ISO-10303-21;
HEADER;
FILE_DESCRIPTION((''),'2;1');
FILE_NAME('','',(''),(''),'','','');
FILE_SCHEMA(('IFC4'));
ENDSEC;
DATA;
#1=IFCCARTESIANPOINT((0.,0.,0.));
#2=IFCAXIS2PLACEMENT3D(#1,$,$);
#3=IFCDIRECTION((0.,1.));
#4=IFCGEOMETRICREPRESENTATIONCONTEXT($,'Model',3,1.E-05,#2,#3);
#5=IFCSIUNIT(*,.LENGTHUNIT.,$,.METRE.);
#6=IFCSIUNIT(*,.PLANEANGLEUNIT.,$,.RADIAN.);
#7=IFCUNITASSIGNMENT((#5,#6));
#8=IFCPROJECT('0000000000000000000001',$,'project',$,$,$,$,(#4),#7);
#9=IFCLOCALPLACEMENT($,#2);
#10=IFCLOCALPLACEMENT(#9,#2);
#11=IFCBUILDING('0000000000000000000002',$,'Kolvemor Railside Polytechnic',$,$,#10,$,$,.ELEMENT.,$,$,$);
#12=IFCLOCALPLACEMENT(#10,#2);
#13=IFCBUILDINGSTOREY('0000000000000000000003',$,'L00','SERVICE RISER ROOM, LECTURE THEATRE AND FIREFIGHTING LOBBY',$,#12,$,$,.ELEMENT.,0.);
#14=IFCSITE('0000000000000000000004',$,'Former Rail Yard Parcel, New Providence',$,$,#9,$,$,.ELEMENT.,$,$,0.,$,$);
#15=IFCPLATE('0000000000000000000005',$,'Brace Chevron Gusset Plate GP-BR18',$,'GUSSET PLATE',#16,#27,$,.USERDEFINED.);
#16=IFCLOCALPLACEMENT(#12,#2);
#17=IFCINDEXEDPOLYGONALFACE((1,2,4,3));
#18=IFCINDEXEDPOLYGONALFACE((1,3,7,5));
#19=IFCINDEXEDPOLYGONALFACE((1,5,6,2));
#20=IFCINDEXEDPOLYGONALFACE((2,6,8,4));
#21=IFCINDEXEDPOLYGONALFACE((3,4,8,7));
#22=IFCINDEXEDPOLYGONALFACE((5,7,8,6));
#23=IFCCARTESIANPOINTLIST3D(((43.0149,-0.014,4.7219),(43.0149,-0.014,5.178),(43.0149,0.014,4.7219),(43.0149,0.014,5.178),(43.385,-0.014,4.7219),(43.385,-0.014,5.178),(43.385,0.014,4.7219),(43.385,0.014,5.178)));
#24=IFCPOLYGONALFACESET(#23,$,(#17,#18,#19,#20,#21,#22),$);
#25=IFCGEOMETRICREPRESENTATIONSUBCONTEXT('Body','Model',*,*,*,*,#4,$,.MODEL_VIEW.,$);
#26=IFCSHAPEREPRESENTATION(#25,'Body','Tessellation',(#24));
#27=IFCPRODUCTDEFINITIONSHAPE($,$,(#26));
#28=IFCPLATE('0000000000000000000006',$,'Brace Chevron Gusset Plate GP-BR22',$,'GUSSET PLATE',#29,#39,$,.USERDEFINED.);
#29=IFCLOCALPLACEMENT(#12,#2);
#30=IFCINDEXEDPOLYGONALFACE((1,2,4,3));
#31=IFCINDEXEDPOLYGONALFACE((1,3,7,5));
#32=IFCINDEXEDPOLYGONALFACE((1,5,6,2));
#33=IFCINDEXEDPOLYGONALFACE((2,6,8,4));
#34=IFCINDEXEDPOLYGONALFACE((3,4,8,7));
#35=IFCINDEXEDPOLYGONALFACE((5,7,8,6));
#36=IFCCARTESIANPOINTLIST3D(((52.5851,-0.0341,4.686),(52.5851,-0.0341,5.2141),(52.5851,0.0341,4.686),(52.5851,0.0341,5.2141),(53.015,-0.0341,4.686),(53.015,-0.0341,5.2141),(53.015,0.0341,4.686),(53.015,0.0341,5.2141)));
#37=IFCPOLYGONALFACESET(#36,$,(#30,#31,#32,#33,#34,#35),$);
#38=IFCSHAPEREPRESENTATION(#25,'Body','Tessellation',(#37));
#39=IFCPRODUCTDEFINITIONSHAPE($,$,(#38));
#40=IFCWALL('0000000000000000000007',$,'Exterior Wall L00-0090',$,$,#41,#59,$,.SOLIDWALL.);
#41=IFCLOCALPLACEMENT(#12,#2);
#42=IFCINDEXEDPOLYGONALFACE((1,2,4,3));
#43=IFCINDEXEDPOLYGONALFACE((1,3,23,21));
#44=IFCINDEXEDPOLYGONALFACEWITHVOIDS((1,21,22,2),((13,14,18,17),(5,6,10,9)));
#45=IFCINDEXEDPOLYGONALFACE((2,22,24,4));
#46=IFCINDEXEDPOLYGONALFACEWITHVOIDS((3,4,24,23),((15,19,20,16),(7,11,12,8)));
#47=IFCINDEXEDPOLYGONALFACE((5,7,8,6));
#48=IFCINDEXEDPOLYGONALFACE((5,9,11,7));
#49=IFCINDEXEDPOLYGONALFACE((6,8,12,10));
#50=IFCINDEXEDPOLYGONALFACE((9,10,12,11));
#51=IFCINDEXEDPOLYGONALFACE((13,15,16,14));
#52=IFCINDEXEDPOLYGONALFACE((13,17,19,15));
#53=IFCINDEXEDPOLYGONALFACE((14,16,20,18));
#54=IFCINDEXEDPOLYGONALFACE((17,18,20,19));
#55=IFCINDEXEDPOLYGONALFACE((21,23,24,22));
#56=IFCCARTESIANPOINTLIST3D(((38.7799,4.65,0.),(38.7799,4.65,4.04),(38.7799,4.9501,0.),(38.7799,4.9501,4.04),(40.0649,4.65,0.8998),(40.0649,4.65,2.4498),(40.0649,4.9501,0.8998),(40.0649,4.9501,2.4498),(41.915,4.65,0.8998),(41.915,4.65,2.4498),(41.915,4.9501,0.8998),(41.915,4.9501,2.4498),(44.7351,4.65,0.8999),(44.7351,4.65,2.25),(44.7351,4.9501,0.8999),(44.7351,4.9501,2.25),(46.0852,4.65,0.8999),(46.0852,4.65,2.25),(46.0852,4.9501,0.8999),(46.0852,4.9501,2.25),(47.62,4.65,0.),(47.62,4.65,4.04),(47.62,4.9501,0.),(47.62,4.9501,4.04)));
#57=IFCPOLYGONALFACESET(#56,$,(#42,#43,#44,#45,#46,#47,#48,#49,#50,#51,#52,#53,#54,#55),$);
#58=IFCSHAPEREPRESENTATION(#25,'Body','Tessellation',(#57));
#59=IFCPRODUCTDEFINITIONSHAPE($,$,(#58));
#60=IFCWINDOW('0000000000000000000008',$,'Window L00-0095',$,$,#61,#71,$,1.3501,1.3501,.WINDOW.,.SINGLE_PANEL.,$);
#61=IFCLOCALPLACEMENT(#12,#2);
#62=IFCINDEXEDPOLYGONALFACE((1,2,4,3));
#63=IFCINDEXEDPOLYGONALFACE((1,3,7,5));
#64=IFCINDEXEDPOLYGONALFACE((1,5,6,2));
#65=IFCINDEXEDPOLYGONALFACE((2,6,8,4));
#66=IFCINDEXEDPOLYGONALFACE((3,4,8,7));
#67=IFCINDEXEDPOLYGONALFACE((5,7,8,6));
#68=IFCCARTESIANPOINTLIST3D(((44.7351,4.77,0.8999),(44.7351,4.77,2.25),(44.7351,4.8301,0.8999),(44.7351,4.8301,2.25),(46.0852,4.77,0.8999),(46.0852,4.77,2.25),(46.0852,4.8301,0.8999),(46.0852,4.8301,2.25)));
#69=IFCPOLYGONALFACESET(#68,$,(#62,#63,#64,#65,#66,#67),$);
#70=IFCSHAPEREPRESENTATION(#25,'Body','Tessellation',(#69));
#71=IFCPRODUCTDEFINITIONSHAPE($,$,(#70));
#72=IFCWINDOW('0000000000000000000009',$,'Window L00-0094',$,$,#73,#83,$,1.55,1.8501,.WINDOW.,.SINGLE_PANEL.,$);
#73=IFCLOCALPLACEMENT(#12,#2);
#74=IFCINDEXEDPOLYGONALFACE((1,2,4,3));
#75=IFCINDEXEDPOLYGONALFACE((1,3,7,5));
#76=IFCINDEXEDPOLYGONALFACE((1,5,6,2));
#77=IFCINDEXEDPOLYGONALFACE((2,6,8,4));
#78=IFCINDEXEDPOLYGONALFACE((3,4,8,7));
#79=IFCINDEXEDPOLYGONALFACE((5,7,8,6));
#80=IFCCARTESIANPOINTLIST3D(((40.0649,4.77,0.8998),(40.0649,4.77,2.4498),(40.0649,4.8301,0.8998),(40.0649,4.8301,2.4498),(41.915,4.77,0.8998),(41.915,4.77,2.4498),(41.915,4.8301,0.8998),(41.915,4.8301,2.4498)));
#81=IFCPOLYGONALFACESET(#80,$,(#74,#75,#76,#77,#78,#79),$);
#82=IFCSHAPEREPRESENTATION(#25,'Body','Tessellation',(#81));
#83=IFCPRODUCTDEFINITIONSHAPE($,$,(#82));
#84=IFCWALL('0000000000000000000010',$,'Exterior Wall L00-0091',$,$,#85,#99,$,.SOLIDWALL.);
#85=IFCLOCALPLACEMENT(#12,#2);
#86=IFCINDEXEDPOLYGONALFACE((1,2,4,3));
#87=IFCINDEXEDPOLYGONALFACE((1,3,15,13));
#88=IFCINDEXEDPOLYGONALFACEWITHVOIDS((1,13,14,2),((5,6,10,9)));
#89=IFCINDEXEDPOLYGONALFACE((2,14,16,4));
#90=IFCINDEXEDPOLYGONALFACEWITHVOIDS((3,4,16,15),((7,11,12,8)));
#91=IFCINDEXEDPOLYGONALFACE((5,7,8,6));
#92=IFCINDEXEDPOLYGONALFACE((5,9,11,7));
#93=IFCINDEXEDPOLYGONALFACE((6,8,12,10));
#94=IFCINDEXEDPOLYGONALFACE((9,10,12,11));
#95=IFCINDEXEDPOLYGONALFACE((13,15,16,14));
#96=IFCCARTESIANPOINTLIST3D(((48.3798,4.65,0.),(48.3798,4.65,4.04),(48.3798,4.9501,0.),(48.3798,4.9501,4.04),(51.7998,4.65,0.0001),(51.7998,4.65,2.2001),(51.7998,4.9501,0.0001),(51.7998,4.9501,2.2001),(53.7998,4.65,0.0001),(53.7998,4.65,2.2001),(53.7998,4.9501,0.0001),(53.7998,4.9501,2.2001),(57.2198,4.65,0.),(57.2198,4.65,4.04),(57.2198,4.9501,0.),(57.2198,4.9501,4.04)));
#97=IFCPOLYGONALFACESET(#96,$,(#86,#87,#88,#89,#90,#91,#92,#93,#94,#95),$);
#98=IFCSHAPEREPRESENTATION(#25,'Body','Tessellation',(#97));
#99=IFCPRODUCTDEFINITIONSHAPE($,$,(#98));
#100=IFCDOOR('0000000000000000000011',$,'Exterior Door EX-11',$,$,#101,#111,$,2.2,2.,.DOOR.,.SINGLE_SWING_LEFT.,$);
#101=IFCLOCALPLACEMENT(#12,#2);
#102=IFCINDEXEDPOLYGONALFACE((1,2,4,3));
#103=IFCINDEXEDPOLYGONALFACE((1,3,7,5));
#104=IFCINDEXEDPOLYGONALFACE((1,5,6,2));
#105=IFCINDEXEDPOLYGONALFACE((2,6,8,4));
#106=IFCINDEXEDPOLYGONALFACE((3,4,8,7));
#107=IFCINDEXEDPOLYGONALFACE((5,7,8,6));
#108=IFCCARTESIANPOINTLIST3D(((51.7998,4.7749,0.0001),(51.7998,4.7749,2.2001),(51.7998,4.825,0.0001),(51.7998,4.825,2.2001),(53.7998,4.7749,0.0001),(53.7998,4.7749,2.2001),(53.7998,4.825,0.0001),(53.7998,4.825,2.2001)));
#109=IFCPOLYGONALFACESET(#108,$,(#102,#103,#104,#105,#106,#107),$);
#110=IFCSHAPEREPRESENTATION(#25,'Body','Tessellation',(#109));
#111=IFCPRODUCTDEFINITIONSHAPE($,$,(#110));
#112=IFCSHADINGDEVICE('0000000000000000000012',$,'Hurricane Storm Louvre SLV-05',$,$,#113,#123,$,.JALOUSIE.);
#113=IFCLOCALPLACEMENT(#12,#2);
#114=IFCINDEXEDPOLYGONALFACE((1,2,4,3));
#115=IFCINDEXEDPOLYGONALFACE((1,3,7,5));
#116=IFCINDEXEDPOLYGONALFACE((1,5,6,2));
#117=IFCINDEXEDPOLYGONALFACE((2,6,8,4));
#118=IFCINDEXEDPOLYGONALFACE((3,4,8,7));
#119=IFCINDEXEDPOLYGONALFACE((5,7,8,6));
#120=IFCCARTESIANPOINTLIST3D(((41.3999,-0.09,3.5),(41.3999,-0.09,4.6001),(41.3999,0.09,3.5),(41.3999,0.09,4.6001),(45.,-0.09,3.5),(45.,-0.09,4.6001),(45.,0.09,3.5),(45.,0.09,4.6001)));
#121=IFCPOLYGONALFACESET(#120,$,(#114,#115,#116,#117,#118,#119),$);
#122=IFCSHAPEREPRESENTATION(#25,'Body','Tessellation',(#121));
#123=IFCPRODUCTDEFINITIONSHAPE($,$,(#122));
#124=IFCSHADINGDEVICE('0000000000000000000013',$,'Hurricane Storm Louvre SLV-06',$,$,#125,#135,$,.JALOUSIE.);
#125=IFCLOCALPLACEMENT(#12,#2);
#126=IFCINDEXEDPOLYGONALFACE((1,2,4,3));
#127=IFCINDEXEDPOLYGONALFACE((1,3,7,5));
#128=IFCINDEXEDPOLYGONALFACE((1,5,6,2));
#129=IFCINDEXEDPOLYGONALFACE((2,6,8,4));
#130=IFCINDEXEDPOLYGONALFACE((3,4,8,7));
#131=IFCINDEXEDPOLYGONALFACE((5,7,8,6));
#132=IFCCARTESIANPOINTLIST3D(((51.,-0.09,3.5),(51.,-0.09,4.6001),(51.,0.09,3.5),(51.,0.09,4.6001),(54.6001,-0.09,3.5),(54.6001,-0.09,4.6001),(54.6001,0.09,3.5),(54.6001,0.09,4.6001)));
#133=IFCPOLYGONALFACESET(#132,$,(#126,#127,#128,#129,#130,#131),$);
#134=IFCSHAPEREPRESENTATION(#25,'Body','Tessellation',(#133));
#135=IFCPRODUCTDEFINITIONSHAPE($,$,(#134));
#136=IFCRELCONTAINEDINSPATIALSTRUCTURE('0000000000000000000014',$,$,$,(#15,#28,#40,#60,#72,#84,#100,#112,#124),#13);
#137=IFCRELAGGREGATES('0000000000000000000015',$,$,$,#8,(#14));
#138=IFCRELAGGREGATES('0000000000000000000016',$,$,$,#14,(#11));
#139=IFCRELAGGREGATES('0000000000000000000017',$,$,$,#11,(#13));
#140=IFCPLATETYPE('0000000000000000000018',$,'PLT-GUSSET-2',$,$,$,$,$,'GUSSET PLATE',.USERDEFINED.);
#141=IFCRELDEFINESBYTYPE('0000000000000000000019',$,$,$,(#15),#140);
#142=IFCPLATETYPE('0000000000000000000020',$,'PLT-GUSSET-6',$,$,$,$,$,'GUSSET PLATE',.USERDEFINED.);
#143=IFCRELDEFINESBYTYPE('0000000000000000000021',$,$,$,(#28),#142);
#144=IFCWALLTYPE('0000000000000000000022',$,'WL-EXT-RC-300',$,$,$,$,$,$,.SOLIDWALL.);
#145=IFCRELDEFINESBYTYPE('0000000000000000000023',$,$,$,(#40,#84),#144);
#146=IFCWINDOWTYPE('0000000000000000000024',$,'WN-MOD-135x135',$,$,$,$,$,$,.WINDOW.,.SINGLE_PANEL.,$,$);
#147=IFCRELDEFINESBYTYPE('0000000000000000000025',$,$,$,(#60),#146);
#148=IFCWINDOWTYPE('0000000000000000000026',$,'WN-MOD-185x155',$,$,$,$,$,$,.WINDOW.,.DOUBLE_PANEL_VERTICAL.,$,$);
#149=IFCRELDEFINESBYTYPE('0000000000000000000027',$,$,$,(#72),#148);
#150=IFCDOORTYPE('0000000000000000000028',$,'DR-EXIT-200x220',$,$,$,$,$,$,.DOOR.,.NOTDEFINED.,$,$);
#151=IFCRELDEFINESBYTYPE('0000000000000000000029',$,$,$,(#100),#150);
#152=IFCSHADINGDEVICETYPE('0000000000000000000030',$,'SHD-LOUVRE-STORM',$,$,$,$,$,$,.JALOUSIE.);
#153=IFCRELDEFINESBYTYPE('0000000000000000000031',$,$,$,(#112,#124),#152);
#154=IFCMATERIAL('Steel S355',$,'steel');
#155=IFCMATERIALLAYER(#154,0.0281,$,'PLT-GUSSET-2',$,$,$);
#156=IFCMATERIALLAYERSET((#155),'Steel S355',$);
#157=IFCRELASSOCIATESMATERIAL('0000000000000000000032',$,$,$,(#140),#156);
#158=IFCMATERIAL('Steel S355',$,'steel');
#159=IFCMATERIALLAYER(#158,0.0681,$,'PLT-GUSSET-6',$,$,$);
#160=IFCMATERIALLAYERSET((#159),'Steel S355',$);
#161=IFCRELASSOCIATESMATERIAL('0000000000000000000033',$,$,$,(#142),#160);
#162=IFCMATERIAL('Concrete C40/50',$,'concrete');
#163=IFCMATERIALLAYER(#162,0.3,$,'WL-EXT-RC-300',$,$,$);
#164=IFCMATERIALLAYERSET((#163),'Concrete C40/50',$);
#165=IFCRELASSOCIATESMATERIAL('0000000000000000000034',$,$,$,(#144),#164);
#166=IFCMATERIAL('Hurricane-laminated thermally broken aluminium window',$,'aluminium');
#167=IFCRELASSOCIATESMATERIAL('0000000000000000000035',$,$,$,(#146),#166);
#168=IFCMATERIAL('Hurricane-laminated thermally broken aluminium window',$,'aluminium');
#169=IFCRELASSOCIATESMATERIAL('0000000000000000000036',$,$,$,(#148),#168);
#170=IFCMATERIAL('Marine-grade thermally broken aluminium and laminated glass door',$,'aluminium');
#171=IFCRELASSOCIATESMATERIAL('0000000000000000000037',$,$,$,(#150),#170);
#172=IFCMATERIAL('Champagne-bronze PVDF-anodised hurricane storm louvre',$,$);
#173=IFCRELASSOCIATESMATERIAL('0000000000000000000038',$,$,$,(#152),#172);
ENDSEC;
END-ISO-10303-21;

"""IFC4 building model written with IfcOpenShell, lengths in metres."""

from ifc_helpers import new_model, si_unit, direction, frame, frame_2d, origin, origin_2d, place, context, subcontext, project, spatial, rectangle, extrude, material, layer, layer_set, type_object, element, fill, save


model = new_model("IFC4")

# Units and contexts
model_context = context("Model", 3, precision=1e-05, world=origin(), true_north=direction((0.0, 1.0)))
body_context = subcontext(model_context, "Body", "Model", "MODEL_VIEW")
ifc_project = project(units=[si_unit("LENGTHUNIT", "METRE"), si_unit("PLANEANGLEUNIT", "RADIAN")], contexts=[model_context])

# Site, building, storey
site_placement = place(None, origin())
site = spatial("IfcSite", under=ifc_project, at=site_placement, Name="Former Rail Yard Parcel, New Providence", CompositionType="ELEMENT", RefElevation=0.0)
building_placement = place(site_placement, origin())
building = spatial("IfcBuilding", under=site, at=building_placement, Name="Kolvemor Railside Polytechnic", CompositionType="ELEMENT")
storey_placement = place(building_placement, origin())
storey = spatial("IfcBuildingStorey", under=building, at=storey_placement, Name="L00", Description="SERVICE RISER ROOM, LECTURE THEATRE AND FIREFIGHTING LOBBY", CompositionType="ELEMENT", Elevation=0.0)

# Plates
ifc_material_1 = material(Name="Steel S355", Category="steel")
ifc_layer_1 = layer(ifc_material_1, 0.0281, Name="PLT-GUSSET-2")
ifc_layer_set_1 = layer_set([ifc_layer_1], Name="Steel S355")
plate_type_1 = type_object("IfcPlateType", Name="PLT-GUSSET-2", ElementType="GUSSET PLATE", PredefinedType="USERDEFINED", material=ifc_layer_set_1)
plate_1_placement = place(storey_placement, frame((43.2, 0.0, 4.7219), z_axis=(0.0, 0.0, 1.0), x_axis=(1.0, 0.0, 0.0)))
element("IfcPlate", 1, at=plate_1_placement, inside=storey, type_object=plate_type_1, Name="Brace Chevron Gusset Plate GP-BR18", ObjectType="GUSSET PLATE", PredefinedType="USERDEFINED", context=body_context, shape_type="SweptSolid", body=[
    extrude(rectangle(XDim=0.3701, YDim=0.0281, at=origin_2d()), origin(), (0.0, 0.0, 1.0), 0.4561),
])
ifc_material_2 = material(Name="Steel S355", Category="steel")
ifc_layer_2 = layer(ifc_material_2, 0.0681, Name="PLT-GUSSET-6")
ifc_layer_set_2 = layer_set([ifc_layer_2], Name="Steel S355")
plate_type_2 = type_object("IfcPlateType", Name="PLT-GUSSET-6", ElementType="GUSSET PLATE", PredefinedType="USERDEFINED", material=ifc_layer_set_2)
plate_2_placement = place(storey_placement, frame((52.8, 0.0, 4.686), z_axis=(0.0, 0.0, 1.0), x_axis=(1.0, 0.0, 0.0)))
element("IfcPlate", 2, at=plate_2_placement, inside=storey, type_object=plate_type_2, Name="Brace Chevron Gusset Plate GP-BR22", ObjectType="GUSSET PLATE", PredefinedType="USERDEFINED", context=body_context, shape_type="SweptSolid", body=[
    extrude(rectangle(XDim=0.4299, YDim=0.0681, at=origin_2d()), origin(), (0.0, 0.0, 1.0), 0.5281),
])

# Wall, openings, windows
ifc_material_3 = material(Name="Concrete C40/50", Category="concrete")
ifc_layer_3 = layer(ifc_material_3, 0.3, Name="WL-EXT-RC-300")
ifc_layer_set_3 = layer_set([ifc_layer_3], Name="Concrete C40/50")
wall_type = type_object("IfcWallType", Name="WL-EXT-RC-300", PredefinedType="SOLIDWALL", material=ifc_layer_set_3)
wall_1_placement = place(storey_placement, frame((38.78, 4.8, 0.0), z_axis=(0.0, 0.0, 1.0), x_axis=(1.0, 0.0, 0.0)))
wall_1 = element("IfcWall", 3, at=wall_1_placement, inside=storey, type_object=wall_type, Name="Exterior Wall L00-0090", PredefinedType="SOLIDWALL", context=body_context, shape_type="SweptSolid", body=[
    extrude(rectangle(XDim=8.8401, YDim=0.3, at=frame_2d((4.4199, 0.0))), origin(), (0.0, 0.0, 1.0), 4.04),
])
opening_1_placement = place(wall_1_placement, frame((1.2849, 0.0, 0.8999)))
opening_1 = element("IfcOpeningElement", 4, at=opening_1_placement, cuts=wall_1, PredefinedType="OPENING", context=body_context, shape_type="SweptSolid", body=[
    extrude(rectangle(XDim=1.8501, YDim=1.55, at=frame_2d((0.925, 0.7749))), frame((0.0, 0.1599, 0.0), z_axis=(0.0, -1.0, 0.0), x_axis=(1.0, 0.0, 0.0)), (0.0, 0.0, 1.0), 0.3201),
])
opening_2_placement = place(wall_1_placement, frame((5.9551, 0.0, 0.8999)))
opening_2 = element("IfcOpeningElement", 5, at=opening_2_placement, cuts=wall_1, PredefinedType="OPENING", context=body_context, shape_type="SweptSolid", body=[
    extrude(rectangle(XDim=1.3501, YDim=1.3501, at=frame_2d((0.675, 0.675))), frame((0.0, 0.1599, 0.0), z_axis=(0.0, -1.0, 0.0), x_axis=(1.0, 0.0, 0.0)), (0.0, 0.0, 1.0), 0.3201),
])
ifc_material_4 = material(Name="Hurricane-laminated thermally broken aluminium window", Category="aluminium")
window_type_1 = type_object("IfcWindowType", Name="WN-MOD-135x135", PartitioningType="SINGLE_PANEL", PredefinedType="WINDOW", material=ifc_material_4)
window_1_placement = place(opening_2_placement, origin())
window_1 = element("IfcWindow", 6, at=window_1_placement, inside=storey, type_object=window_type_1, Name="Window L00-0095", OverallHeight=1.3501, OverallWidth=1.3501, PartitioningType="SINGLE_PANEL", PredefinedType="WINDOW", context=body_context, shape_type="SweptSolid", body=[
    extrude(rectangle(XDim=1.3501, YDim=1.3501, at=frame_2d((0.675, 0.675))), frame((0.0, 0.03, 0.0), z_axis=(0.0, -1.0, 0.0), x_axis=(1.0, 0.0, 0.0)), (0.0, 0.0, 1.0), 0.0601),
])
fill(opening_2, window_1)
ifc_material_5 = material(Name="Hurricane-laminated thermally broken aluminium window", Category="aluminium")
window_type_2 = type_object("IfcWindowType", Name="WN-MOD-185x155", PartitioningType="DOUBLE_PANEL_VERTICAL", PredefinedType="WINDOW", material=ifc_material_5)
window_2_placement = place(opening_1_placement, origin())
window_2 = element("IfcWindow", 7, at=window_2_placement, inside=storey, type_object=window_type_2, Name="Window L00-0094", OverallHeight=1.55, OverallWidth=1.8501, PartitioningType="SINGLE_PANEL", PredefinedType="WINDOW", context=body_context, shape_type="SweptSolid", body=[
    extrude(rectangle(XDim=1.8501, YDim=1.55, at=frame_2d((0.925, 0.7749))), frame((0.0, 0.03, 0.0), z_axis=(0.0, -1.0, 0.0), x_axis=(1.0, 0.0, 0.0)), (0.0, 0.0, 1.0), 0.0601),
])
fill(opening_1, window_2)

# Wall, opening, door
wall_2_placement = place(storey_placement, frame((48.3799, 4.8, 0.0), z_axis=(0.0, 0.0, 1.0), x_axis=(1.0, 0.0, 0.0)))
wall_2 = element("IfcWall", 8, at=wall_2_placement, inside=storey, type_object=wall_type, Name="Exterior Wall L00-0091", PredefinedType="SOLIDWALL", context=body_context, shape_type="SweptSolid", body=[
    extrude(rectangle(XDim=8.8401, YDim=0.3, at=frame_2d((4.4199, 0.0))), origin(), (0.0, 0.0, 1.0), 4.04),
])
opening_3_placement = place(wall_2_placement, frame((3.4199, 0.0, 0.0)))
opening_3 = element("IfcOpeningElement", 9, at=opening_3_placement, cuts=wall_2, PredefinedType="OPENING", context=body_context, shape_type="SweptSolid", body=[
    extrude(rectangle(XDim=2.0, YDim=2.2, at=frame_2d((1.0, 1.1001))), frame((0.0, 0.1599, 0.0), z_axis=(0.0, -1.0, 0.0), x_axis=(1.0, 0.0, 0.0)), (0.0, 0.0, 1.0), 0.3201),
])
ifc_material_6 = material(Name="Marine-grade thermally broken aluminium and laminated glass door", Category="aluminium")
door_type = type_object("IfcDoorType", Name="DR-EXIT-200x220", OperationType="NOTDEFINED", PredefinedType="DOOR", material=ifc_material_6)
door_placement = place(opening_3_placement, origin())
door = element("IfcDoor", 10, at=door_placement, inside=storey, type_object=door_type, Name="Exterior Door EX-11", OperationType="SINGLE_SWING_LEFT", OverallHeight=2.2, OverallWidth=2.0, PredefinedType="DOOR", context=body_context, shape_type="SweptSolid", body=[
    extrude(rectangle(XDim=2.0, YDim=2.2, at=frame_2d((1.0, 1.1001))), frame((0.0, 0.0249, 0.0), z_axis=(0.0, -1.0, 0.0), x_axis=(1.0, 0.0, 0.0)), (0.0, 0.0, 1.0), 0.05),
])
fill(opening_3, door)

# Shading devices
ifc_material_7 = material(Name="Champagne-bronze PVDF-anodised hurricane storm louvre")
shading_device_type = type_object("IfcShadingDeviceType", Name="SHD-LOUVRE-STORM", PredefinedType="JALOUSIE", material=ifc_material_7)
for number, where, z_axis, x_axis, name in (
    (11, (43.2, 0.0, 3.5), (0.0, 0.0, 1.0), (1.0, 0.0, 0.0), "Hurricane Storm Louvre SLV-05"),
    (12, (52.8, 0.0, 3.5), (0.0, 0.0, 1.0), (1.0, 0.0, 0.0), "Hurricane Storm Louvre SLV-06"),
):
    element("IfcShadingDevice", number, at=place(storey_placement, frame(where, z_axis=z_axis, x_axis=x_axis)), inside=storey, type_object=shading_device_type, Name=name, PredefinedType="JALOUSIE", context=body_context, shape_type="SweptSolid", body=[
        extrude(rectangle(XDim=3.6001, YDim=0.1799, at=origin_2d()), origin(), (0.0, 0.0, 1.0), 1.1001),
    ])

save(model, "model.ifc")
